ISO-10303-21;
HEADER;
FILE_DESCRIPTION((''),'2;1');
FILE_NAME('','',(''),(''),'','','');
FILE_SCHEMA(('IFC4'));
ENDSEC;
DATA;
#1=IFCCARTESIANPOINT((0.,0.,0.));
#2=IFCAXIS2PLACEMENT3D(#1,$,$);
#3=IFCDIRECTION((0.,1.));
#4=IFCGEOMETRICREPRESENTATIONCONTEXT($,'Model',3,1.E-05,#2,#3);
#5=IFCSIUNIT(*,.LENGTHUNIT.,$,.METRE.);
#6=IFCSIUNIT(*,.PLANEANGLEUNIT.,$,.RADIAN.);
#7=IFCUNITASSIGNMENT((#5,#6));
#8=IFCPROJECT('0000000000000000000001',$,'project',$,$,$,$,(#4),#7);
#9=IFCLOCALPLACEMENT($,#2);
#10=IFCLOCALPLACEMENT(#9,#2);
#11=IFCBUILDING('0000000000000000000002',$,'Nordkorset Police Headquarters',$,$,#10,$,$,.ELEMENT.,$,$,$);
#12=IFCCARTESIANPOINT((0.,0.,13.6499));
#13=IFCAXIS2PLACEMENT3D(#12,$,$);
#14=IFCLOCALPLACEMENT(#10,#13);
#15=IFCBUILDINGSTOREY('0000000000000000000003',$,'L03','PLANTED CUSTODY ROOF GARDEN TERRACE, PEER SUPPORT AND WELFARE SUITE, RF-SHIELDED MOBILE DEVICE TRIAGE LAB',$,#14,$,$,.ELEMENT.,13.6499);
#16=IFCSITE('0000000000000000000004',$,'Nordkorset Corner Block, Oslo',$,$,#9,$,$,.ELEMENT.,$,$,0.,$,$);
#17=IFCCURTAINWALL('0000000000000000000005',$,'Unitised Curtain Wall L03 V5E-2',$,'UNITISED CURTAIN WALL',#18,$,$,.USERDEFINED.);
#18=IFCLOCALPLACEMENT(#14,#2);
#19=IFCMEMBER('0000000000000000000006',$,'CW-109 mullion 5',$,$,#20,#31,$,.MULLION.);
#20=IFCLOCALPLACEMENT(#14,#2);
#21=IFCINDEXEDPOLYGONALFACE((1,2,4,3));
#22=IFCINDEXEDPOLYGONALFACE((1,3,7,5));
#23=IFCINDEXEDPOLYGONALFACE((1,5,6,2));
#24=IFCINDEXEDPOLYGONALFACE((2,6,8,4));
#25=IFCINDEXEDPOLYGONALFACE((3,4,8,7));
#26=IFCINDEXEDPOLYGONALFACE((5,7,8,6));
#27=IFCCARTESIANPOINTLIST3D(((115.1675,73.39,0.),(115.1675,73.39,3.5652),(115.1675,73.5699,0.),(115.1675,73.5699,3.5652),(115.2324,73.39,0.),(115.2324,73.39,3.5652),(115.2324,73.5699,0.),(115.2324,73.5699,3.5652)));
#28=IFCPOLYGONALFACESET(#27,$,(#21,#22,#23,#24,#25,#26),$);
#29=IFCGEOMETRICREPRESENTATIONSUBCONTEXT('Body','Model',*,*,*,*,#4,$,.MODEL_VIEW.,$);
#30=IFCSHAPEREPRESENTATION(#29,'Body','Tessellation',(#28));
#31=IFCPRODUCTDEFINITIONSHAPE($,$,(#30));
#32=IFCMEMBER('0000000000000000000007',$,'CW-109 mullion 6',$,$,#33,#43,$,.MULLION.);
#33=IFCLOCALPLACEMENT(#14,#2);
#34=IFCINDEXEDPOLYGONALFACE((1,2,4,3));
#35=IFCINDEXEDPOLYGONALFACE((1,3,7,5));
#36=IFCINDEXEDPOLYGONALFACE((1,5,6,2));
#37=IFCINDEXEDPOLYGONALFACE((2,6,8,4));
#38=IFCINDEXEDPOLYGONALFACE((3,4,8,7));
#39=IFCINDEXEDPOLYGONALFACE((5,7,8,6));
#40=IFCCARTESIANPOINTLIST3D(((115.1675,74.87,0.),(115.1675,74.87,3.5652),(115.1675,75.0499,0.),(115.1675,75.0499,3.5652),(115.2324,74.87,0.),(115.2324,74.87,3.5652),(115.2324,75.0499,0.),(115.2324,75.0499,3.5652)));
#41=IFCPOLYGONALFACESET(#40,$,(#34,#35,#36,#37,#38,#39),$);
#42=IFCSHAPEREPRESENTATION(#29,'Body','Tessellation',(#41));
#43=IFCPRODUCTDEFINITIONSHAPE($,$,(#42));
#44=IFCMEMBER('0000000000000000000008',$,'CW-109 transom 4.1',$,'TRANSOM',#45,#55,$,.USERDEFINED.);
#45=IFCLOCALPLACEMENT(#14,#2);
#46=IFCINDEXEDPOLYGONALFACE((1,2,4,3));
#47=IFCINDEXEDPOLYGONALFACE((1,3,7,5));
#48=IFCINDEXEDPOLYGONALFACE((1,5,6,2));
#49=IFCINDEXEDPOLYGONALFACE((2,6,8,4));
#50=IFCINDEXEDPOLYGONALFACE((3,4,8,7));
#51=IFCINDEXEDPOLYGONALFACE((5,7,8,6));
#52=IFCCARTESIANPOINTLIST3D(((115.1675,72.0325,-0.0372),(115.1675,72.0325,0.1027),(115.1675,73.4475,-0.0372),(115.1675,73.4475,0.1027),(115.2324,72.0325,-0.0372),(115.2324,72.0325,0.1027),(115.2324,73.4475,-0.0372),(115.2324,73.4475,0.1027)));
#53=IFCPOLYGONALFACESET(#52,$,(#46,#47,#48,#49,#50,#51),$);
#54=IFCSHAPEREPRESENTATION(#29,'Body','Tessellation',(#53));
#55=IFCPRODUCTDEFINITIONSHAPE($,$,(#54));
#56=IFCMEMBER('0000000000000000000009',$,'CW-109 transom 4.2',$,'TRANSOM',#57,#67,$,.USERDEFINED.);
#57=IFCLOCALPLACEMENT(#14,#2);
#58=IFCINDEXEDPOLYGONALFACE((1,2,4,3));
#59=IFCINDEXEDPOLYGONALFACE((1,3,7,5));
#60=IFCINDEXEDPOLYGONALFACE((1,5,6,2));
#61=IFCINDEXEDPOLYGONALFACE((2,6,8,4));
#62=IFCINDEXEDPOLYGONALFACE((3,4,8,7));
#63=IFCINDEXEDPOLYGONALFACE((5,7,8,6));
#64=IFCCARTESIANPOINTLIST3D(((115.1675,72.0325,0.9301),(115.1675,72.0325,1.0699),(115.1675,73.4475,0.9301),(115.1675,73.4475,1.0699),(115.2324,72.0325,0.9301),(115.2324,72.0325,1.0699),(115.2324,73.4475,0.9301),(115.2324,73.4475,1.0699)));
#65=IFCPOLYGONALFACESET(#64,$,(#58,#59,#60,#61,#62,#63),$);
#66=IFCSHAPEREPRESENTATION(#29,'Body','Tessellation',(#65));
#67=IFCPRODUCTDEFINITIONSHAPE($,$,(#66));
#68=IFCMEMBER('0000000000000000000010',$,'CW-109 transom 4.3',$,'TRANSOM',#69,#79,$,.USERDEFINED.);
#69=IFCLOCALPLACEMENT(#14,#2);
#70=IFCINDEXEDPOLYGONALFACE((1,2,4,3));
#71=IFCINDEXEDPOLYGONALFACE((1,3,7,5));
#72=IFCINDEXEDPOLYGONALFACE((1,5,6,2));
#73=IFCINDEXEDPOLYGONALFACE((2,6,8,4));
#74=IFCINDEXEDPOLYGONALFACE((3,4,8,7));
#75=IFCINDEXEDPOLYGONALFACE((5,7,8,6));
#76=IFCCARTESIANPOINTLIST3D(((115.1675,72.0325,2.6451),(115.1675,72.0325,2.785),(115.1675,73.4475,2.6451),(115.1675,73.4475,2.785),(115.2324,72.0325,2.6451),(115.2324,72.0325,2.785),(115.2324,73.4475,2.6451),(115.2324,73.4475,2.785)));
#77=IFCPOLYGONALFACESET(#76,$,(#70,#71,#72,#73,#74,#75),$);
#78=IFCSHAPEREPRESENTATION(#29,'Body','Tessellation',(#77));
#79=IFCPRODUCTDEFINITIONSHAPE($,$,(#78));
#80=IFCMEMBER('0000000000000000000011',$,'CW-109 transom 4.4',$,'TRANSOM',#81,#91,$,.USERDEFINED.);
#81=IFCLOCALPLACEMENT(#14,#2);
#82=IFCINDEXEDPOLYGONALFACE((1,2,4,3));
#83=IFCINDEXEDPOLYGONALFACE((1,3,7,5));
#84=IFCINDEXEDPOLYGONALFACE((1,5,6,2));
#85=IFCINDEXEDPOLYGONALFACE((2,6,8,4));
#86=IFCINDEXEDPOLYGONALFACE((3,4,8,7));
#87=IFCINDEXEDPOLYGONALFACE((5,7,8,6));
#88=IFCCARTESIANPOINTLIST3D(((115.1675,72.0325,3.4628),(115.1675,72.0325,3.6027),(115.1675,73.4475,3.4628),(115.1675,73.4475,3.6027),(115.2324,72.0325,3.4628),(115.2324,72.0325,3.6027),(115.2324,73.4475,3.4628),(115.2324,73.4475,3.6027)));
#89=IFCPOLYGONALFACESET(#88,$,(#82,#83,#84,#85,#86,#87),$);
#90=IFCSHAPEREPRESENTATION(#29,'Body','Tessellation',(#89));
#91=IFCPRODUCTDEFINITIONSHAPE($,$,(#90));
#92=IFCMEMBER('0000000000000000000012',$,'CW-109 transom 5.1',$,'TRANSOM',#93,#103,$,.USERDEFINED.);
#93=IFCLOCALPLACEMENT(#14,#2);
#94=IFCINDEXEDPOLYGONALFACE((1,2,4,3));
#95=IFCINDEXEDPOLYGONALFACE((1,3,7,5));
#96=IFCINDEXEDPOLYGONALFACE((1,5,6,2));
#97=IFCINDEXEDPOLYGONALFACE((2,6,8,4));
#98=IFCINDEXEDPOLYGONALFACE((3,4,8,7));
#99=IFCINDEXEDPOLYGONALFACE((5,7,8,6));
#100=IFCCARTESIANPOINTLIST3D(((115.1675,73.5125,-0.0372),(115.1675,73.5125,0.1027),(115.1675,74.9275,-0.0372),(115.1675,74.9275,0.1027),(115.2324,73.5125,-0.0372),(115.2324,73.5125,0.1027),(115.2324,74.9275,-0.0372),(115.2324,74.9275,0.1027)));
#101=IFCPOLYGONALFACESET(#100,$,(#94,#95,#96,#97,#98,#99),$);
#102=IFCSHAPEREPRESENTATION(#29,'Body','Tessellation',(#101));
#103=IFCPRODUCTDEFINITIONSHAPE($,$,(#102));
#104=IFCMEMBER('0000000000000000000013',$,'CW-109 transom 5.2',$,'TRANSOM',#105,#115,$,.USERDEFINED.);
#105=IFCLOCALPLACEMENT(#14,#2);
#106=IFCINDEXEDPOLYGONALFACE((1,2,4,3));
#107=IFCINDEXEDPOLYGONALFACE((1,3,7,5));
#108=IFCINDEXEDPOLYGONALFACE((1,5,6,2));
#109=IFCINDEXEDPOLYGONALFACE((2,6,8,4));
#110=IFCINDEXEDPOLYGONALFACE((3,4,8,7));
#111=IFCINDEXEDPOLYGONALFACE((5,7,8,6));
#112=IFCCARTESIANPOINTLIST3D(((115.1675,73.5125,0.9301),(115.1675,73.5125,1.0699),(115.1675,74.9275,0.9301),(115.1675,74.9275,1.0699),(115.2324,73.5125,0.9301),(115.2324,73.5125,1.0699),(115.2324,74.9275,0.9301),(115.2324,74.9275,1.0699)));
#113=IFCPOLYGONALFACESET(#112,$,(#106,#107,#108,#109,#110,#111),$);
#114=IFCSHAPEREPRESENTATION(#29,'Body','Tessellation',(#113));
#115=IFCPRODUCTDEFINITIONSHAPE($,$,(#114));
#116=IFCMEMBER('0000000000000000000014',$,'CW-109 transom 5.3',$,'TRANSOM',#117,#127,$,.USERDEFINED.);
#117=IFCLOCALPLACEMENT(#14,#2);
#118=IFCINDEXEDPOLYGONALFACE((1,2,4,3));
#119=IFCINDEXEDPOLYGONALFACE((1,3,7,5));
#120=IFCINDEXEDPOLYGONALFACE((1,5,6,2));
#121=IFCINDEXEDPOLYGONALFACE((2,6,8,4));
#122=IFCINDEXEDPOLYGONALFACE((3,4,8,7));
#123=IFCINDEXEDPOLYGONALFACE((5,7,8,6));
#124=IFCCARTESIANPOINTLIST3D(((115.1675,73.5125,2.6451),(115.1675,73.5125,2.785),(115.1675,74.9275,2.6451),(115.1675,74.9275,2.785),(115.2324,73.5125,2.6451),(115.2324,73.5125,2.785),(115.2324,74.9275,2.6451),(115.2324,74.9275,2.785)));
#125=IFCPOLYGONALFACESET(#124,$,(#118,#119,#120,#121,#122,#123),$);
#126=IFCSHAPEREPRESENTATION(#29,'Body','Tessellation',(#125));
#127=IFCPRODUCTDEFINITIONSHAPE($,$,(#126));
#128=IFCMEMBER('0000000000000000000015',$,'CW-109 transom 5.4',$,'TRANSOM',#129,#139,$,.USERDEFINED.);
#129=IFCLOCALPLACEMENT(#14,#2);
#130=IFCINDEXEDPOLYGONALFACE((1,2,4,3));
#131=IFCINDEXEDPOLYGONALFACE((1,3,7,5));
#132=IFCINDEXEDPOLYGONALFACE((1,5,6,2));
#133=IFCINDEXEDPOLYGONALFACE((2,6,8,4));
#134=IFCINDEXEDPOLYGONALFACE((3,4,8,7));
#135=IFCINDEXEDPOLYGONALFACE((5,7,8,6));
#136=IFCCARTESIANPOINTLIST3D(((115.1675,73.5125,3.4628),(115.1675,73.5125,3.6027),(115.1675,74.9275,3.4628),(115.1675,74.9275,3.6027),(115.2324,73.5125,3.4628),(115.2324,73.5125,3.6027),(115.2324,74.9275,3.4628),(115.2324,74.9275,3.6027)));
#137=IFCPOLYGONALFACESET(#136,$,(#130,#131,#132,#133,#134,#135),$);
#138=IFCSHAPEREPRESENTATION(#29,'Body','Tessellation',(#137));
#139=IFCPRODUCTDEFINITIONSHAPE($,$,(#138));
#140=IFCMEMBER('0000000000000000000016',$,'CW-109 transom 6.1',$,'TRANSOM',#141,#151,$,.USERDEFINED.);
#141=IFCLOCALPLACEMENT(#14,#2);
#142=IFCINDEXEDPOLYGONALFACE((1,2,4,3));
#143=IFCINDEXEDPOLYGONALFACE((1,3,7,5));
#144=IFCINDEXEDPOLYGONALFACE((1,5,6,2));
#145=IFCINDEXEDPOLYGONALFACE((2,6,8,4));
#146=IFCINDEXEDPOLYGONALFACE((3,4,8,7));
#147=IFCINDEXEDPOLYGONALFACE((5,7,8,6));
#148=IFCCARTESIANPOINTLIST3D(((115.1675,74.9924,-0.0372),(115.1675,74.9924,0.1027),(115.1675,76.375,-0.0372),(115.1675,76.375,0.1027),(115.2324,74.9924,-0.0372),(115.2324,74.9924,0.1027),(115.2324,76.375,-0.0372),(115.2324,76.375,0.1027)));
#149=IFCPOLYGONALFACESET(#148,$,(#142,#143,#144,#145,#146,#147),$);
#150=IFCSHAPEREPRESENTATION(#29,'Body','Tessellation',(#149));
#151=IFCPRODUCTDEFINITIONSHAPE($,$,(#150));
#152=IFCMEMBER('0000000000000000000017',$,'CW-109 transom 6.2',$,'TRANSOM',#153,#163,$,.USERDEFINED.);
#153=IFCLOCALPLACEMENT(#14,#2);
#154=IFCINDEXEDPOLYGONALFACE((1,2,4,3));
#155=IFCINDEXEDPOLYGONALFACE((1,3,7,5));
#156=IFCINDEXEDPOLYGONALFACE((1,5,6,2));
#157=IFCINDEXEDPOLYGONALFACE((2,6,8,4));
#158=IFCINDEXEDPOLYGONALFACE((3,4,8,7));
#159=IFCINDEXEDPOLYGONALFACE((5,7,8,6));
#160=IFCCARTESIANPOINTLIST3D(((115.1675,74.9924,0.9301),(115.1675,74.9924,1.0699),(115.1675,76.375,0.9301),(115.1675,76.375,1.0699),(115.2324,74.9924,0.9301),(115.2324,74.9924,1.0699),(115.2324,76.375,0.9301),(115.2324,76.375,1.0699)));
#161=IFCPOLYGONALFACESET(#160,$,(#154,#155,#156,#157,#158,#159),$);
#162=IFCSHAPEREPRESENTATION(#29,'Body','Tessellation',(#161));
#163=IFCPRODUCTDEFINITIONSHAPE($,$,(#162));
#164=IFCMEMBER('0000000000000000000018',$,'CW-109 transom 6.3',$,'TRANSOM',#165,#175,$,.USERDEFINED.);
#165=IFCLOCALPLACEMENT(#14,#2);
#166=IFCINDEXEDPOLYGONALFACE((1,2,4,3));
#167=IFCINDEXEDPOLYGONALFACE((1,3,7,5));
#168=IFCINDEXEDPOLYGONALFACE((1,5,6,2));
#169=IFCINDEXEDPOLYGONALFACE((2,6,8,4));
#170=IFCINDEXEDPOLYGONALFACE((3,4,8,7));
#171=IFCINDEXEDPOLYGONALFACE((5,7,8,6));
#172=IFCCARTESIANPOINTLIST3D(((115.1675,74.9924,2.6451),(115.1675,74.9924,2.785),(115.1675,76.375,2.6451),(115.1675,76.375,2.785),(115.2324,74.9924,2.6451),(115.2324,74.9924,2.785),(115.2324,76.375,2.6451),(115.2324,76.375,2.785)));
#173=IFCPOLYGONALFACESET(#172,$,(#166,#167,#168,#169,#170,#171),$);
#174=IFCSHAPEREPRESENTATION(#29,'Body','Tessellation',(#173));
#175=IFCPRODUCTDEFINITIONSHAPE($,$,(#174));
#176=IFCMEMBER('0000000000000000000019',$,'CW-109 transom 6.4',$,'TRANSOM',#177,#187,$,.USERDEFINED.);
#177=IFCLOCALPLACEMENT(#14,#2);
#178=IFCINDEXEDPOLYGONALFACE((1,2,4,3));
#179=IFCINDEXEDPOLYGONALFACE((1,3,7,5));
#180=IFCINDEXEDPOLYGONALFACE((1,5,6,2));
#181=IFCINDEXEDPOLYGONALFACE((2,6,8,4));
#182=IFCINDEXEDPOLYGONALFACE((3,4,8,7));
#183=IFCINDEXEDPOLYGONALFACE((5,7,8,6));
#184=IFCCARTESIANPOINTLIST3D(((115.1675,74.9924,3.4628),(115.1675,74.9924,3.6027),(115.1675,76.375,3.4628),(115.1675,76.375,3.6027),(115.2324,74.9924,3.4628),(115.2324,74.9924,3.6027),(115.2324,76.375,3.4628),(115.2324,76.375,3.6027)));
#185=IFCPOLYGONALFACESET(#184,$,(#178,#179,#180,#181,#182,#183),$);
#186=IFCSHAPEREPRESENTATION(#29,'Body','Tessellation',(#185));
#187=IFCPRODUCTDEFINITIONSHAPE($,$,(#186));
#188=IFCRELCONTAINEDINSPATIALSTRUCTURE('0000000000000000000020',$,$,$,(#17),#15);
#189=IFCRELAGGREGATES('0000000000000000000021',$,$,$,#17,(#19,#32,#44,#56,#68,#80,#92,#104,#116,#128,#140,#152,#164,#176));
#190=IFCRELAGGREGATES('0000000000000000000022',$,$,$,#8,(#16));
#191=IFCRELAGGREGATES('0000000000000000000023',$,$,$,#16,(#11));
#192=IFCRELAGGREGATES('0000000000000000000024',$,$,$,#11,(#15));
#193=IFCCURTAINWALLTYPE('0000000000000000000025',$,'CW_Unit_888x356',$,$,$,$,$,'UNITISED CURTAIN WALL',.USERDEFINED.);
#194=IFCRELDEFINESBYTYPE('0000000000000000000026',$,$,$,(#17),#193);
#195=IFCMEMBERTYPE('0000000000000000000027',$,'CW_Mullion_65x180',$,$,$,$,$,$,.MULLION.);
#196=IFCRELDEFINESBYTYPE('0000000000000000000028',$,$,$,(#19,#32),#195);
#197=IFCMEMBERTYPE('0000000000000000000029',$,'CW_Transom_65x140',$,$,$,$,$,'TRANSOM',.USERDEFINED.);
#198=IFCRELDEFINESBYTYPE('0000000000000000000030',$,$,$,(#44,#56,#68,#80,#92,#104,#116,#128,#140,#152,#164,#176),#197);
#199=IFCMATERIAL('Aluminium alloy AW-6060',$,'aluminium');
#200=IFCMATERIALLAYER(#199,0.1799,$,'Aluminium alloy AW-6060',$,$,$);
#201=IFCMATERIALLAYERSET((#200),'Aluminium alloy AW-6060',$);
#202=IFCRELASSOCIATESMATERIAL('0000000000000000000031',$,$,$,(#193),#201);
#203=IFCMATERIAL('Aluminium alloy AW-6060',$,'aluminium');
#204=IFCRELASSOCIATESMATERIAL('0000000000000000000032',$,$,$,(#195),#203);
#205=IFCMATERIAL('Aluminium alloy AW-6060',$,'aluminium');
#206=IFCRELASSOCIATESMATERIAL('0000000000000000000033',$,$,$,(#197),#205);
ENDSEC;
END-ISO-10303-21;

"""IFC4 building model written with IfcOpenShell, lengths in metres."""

from ifc_helpers import new_model, si_unit, direction, frame, origin, origin_2d, place, context, subcontext, project, spatial, rectangle, extrude, material, layer, layer_set, material_profile, profile_set, type_object, element, aggregate, save


model = new_model("IFC4")

# Units and contexts
model_context = context("Model", 3, precision=1e-05, world=origin(), true_north=direction((0.0, 1.0)))
body_context = subcontext(model_context, "Body", "Model", "MODEL_VIEW")
ifc_project = project(units=[si_unit("LENGTHUNIT", "METRE"), si_unit("PLANEANGLEUNIT", "RADIAN")], contexts=[model_context])

# Site, building, storey
site_placement = place(None, origin())
site = spatial("IfcSite", under=ifc_project, at=site_placement, Name="Nordkorset Corner Block, Oslo", CompositionType="ELEMENT", RefElevation=0.0)
building_placement = place(site_placement, origin())
building = spatial("IfcBuilding", under=site, at=building_placement, Name="Nordkorset Police Headquarters", CompositionType="ELEMENT")
storey_placement = place(building_placement, frame((0.0, 0.0, 13.6499)))
storey = spatial("IfcBuildingStorey", under=building, at=storey_placement, Name="L03", Description="PLANTED CUSTODY ROOF GARDEN TERRACE, PEER SUPPORT AND WELFARE SUITE, RF-SHIELDED MOBILE DEVICE TRIAGE LAB", CompositionType="ELEMENT", Elevation=13.6499)

# Curtain wall, members
ifc_material_1 = material(Name="Aluminium alloy AW-6060", Category="aluminium")
ifc_layer_1 = layer(ifc_material_1, 0.1799, Name="Aluminium alloy AW-6060")
ifc_layer_set_1 = layer_set([ifc_layer_1], Name="Aluminium alloy AW-6060")
curtain_wall_type = type_object("IfcCurtainWallType", Name="CW_Unit_888x356", ElementType="UNITISED CURTAIN WALL", PredefinedType="USERDEFINED", material=ifc_layer_set_1)
curtain_wall_placement = place(storey_placement, origin())
curtain_wall = element("IfcCurtainWall", 1, at=curtain_wall_placement, inside=storey, type_object=curtain_wall_type, Name="Unitised Curtain Wall L03 V5E-2", ObjectType="UNITISED CURTAIN WALL", PredefinedType="USERDEFINED")
ifc_material_2 = material(Name="Aluminium alloy AW-6060", Category="aluminium")
ifc_material_profile_1 = material_profile(ifc_material_2, rectangle(XDim=0.0649, YDim=0.1799, at=origin_2d()), Name="ALU MULL 65x180")
ifc_profile_set_1 = profile_set([ifc_material_profile_1], Name="Aluminium alloy AW-6060")
member_type_1 = type_object("IfcMemberType", Name="CW_Mullion_65x180", PredefinedType="MULLION", material=ifc_profile_set_1)
member_1_placement = place(storey_placement, frame((115.2, 73.48, 0.0), z_axis=(0.0, 0.0, 1.0), x_axis=(-1.0, 0.0, 0.0)))
member_1 = element("IfcMember", 2, at=member_1_placement, type_object=member_type_1, Name="CW-109 mullion 5", PredefinedType="MULLION", context=body_context, shape_type="SweptSolid", body=[
    extrude(rectangle(XDim=0.0649, YDim=0.1799, at=origin_2d()), origin(), (0.0, 0.0, 1.0), 3.5652),
])
member_2_placement = place(storey_placement, frame((115.2, 74.96, 0.0), z_axis=(0.0, 0.0, 1.0), x_axis=(-1.0, 0.0, 0.0)))
member_2 = element("IfcMember", 3, at=member_2_placement, type_object=member_type_1, Name="CW-109 mullion 6", PredefinedType="MULLION", context=body_context, shape_type="SweptSolid", body=[
    extrude(rectangle(XDim=0.0649, YDim=0.1799, at=origin_2d()), origin(), (0.0, 0.0, 1.0), 3.5652),
])
ifc_material_3 = material(Name="Aluminium alloy AW-6060", Category="aluminium")
ifc_material_profile_2 = material_profile(ifc_material_3, rectangle(XDim=0.0649, YDim=0.1399, at=origin_2d()), Name="ALU TRAN 65x140")
ifc_profile_set_2 = profile_set([ifc_material_profile_2], Name="Aluminium alloy AW-6060")
member_type_2 = type_object("IfcMemberType", Name="CW_Transom_65x140", ElementType="TRANSOM", PredefinedType="USERDEFINED", material=ifc_profile_set_2)
member_3_placement = place(storey_placement, frame((115.2, 72.0325, 0.0327), z_axis=(0.0, 1.0, 0.0), x_axis=(-1.0, 0.0, 0.0)))
member_3 = element("IfcMember", 4, at=member_3_placement, type_object=member_type_2, Name="CW-109 transom 4.1", ObjectType="TRANSOM", PredefinedType="USERDEFINED", context=body_context, shape_type="SweptSolid", body=[
    extrude(rectangle(XDim=0.0649, YDim=0.1399, at=origin_2d()), origin(), (0.0, 0.0, 1.0), 1.415),
])
member_4_placement = place(storey_placement, frame((115.2, 72.0325, 1.0), z_axis=(0.0, 1.0, 0.0), x_axis=(-1.0, 0.0, 0.0)))
member_4 = element("IfcMember", 5, at=member_4_placement, type_object=member_type_2, Name="CW-109 transom 4.2", ObjectType="TRANSOM", PredefinedType="USERDEFINED", context=body_context, shape_type="SweptSolid", body=[
    extrude(rectangle(XDim=0.0649, YDim=0.1399, at=origin_2d()), origin(), (0.0, 0.0, 1.0), 1.415),
])
member_5_placement = place(storey_placement, frame((115.2, 72.0325, 2.7151), z_axis=(0.0, 1.0, 0.0), x_axis=(-1.0, 0.0, 0.0)))
member_5 = element("IfcMember", 6, at=member_5_placement, type_object=member_type_2, Name="CW-109 transom 4.3", ObjectType="TRANSOM", PredefinedType="USERDEFINED", context=body_context, shape_type="SweptSolid", body=[
    extrude(rectangle(XDim=0.0649, YDim=0.1399, at=origin_2d()), origin(), (0.0, 0.0, 1.0), 1.415),
])
member_6_placement = place(storey_placement, frame((115.2, 72.0325, 3.5327), z_axis=(0.0, 1.0, 0.0), x_axis=(-1.0, 0.0, 0.0)))
member_6 = element("IfcMember", 7, at=member_6_placement, type_object=member_type_2, Name="CW-109 transom 4.4", ObjectType="TRANSOM", PredefinedType="USERDEFINED", context=body_context, shape_type="SweptSolid", body=[
    extrude(rectangle(XDim=0.0649, YDim=0.1399, at=origin_2d()), origin(), (0.0, 0.0, 1.0), 1.415),
])
member_7_placement = place(storey_placement, frame((115.2, 73.5125, 0.0327), z_axis=(0.0, 1.0, 0.0), x_axis=(-1.0, 0.0, 0.0)))
member_7 = element("IfcMember", 8, at=member_7_placement, type_object=member_type_2, Name="CW-109 transom 5.1", ObjectType="TRANSOM", PredefinedType="USERDEFINED", context=body_context, shape_type="SweptSolid", body=[
    extrude(rectangle(XDim=0.0649, YDim=0.1399, at=origin_2d()), origin(), (0.0, 0.0, 1.0), 1.415),
])
member_8_placement = place(storey_placement, frame((115.2, 73.5125, 1.0), z_axis=(0.0, 1.0, 0.0), x_axis=(-1.0, 0.0, 0.0)))
member_8 = element("IfcMember", 9, at=member_8_placement, type_object=member_type_2, Name="CW-109 transom 5.2", ObjectType="TRANSOM", PredefinedType="USERDEFINED", context=body_context, shape_type="SweptSolid", body=[
    extrude(rectangle(XDim=0.0649, YDim=0.1399, at=origin_2d()), origin(), (0.0, 0.0, 1.0), 1.415),
])
member_9_placement = place(storey_placement, frame((115.2, 73.5125, 2.7151), z_axis=(0.0, 1.0, 0.0), x_axis=(-1.0, 0.0, 0.0)))
member_9 = element("IfcMember", 10, at=member_9_placement, type_object=member_type_2, Name="CW-109 transom 5.3", ObjectType="TRANSOM", PredefinedType="USERDEFINED", context=body_context, shape_type="SweptSolid", body=[
    extrude(rectangle(XDim=0.0649, YDim=0.1399, at=origin_2d()), origin(), (0.0, 0.0, 1.0), 1.415),
])
member_10_placement = place(storey_placement, frame((115.2, 73.5125, 3.5327), z_axis=(0.0, 1.0, 0.0), x_axis=(-1.0, 0.0, 0.0)))
member_10 = element("IfcMember", 11, at=member_10_placement, type_object=member_type_2, Name="CW-109 transom 5.4", ObjectType="TRANSOM", PredefinedType="USERDEFINED", context=body_context, shape_type="SweptSolid", body=[
    extrude(rectangle(XDim=0.0649, YDim=0.1399, at=origin_2d()), origin(), (0.0, 0.0, 1.0), 1.415),
])
member_11_placement = place(storey_placement, frame((115.2, 74.9924, 0.0327), z_axis=(0.0, 1.0, 0.0), x_axis=(-1.0, 0.0, 0.0)))
member_11 = element("IfcMember", 12, at=member_11_placement, type_object=member_type_2, Name="CW-109 transom 6.1", ObjectType="TRANSOM", PredefinedType="USERDEFINED", context=body_context, shape_type="SweptSolid", body=[
    extrude(rectangle(XDim=0.0649, YDim=0.1399, at=origin_2d()), origin(), (0.0, 0.0, 1.0), 1.3826),
])
member_12_placement = place(storey_placement, frame((115.2, 74.9924, 1.0), z_axis=(0.0, 1.0, 0.0), x_axis=(-1.0, 0.0, 0.0)))
member_12 = element("IfcMember", 13, at=member_12_placement, type_object=member_type_2, Name="CW-109 transom 6.2", ObjectType="TRANSOM", PredefinedType="USERDEFINED", context=body_context, shape_type="SweptSolid", body=[
    extrude(rectangle(XDim=0.0649, YDim=0.1399, at=origin_2d()), origin(), (0.0, 0.0, 1.0), 1.3826),
])
member_13_placement = place(storey_placement, frame((115.2, 74.9924, 2.7151), z_axis=(0.0, 1.0, 0.0), x_axis=(-1.0, 0.0, 0.0)))
member_13 = element("IfcMember", 14, at=member_13_placement, type_object=member_type_2, Name="CW-109 transom 6.3", ObjectType="TRANSOM", PredefinedType="USERDEFINED", context=body_context, shape_type="SweptSolid", body=[
    extrude(rectangle(XDim=0.0649, YDim=0.1399, at=origin_2d()), origin(), (0.0, 0.0, 1.0), 1.3826),
])
member_14_placement = place(storey_placement, frame((115.2, 74.9924, 3.5327), z_axis=(0.0, 1.0, 0.0), x_axis=(-1.0, 0.0, 0.0)))
member_14 = element("IfcMember", 15, at=member_14_placement, type_object=member_type_2, Name="CW-109 transom 6.4", ObjectType="TRANSOM", PredefinedType="USERDEFINED", context=body_context, shape_type="SweptSolid", body=[
    extrude(rectangle(XDim=0.0649, YDim=0.1399, at=origin_2d()), origin(), (0.0, 0.0, 1.0), 1.3826),
])
aggregate(curtain_wall, [member_1, member_2, member_3, member_4, member_5, member_6, member_7, member_8, member_9, member_10, member_11, member_12, member_13, member_14])

save(model, "model.ifc")
